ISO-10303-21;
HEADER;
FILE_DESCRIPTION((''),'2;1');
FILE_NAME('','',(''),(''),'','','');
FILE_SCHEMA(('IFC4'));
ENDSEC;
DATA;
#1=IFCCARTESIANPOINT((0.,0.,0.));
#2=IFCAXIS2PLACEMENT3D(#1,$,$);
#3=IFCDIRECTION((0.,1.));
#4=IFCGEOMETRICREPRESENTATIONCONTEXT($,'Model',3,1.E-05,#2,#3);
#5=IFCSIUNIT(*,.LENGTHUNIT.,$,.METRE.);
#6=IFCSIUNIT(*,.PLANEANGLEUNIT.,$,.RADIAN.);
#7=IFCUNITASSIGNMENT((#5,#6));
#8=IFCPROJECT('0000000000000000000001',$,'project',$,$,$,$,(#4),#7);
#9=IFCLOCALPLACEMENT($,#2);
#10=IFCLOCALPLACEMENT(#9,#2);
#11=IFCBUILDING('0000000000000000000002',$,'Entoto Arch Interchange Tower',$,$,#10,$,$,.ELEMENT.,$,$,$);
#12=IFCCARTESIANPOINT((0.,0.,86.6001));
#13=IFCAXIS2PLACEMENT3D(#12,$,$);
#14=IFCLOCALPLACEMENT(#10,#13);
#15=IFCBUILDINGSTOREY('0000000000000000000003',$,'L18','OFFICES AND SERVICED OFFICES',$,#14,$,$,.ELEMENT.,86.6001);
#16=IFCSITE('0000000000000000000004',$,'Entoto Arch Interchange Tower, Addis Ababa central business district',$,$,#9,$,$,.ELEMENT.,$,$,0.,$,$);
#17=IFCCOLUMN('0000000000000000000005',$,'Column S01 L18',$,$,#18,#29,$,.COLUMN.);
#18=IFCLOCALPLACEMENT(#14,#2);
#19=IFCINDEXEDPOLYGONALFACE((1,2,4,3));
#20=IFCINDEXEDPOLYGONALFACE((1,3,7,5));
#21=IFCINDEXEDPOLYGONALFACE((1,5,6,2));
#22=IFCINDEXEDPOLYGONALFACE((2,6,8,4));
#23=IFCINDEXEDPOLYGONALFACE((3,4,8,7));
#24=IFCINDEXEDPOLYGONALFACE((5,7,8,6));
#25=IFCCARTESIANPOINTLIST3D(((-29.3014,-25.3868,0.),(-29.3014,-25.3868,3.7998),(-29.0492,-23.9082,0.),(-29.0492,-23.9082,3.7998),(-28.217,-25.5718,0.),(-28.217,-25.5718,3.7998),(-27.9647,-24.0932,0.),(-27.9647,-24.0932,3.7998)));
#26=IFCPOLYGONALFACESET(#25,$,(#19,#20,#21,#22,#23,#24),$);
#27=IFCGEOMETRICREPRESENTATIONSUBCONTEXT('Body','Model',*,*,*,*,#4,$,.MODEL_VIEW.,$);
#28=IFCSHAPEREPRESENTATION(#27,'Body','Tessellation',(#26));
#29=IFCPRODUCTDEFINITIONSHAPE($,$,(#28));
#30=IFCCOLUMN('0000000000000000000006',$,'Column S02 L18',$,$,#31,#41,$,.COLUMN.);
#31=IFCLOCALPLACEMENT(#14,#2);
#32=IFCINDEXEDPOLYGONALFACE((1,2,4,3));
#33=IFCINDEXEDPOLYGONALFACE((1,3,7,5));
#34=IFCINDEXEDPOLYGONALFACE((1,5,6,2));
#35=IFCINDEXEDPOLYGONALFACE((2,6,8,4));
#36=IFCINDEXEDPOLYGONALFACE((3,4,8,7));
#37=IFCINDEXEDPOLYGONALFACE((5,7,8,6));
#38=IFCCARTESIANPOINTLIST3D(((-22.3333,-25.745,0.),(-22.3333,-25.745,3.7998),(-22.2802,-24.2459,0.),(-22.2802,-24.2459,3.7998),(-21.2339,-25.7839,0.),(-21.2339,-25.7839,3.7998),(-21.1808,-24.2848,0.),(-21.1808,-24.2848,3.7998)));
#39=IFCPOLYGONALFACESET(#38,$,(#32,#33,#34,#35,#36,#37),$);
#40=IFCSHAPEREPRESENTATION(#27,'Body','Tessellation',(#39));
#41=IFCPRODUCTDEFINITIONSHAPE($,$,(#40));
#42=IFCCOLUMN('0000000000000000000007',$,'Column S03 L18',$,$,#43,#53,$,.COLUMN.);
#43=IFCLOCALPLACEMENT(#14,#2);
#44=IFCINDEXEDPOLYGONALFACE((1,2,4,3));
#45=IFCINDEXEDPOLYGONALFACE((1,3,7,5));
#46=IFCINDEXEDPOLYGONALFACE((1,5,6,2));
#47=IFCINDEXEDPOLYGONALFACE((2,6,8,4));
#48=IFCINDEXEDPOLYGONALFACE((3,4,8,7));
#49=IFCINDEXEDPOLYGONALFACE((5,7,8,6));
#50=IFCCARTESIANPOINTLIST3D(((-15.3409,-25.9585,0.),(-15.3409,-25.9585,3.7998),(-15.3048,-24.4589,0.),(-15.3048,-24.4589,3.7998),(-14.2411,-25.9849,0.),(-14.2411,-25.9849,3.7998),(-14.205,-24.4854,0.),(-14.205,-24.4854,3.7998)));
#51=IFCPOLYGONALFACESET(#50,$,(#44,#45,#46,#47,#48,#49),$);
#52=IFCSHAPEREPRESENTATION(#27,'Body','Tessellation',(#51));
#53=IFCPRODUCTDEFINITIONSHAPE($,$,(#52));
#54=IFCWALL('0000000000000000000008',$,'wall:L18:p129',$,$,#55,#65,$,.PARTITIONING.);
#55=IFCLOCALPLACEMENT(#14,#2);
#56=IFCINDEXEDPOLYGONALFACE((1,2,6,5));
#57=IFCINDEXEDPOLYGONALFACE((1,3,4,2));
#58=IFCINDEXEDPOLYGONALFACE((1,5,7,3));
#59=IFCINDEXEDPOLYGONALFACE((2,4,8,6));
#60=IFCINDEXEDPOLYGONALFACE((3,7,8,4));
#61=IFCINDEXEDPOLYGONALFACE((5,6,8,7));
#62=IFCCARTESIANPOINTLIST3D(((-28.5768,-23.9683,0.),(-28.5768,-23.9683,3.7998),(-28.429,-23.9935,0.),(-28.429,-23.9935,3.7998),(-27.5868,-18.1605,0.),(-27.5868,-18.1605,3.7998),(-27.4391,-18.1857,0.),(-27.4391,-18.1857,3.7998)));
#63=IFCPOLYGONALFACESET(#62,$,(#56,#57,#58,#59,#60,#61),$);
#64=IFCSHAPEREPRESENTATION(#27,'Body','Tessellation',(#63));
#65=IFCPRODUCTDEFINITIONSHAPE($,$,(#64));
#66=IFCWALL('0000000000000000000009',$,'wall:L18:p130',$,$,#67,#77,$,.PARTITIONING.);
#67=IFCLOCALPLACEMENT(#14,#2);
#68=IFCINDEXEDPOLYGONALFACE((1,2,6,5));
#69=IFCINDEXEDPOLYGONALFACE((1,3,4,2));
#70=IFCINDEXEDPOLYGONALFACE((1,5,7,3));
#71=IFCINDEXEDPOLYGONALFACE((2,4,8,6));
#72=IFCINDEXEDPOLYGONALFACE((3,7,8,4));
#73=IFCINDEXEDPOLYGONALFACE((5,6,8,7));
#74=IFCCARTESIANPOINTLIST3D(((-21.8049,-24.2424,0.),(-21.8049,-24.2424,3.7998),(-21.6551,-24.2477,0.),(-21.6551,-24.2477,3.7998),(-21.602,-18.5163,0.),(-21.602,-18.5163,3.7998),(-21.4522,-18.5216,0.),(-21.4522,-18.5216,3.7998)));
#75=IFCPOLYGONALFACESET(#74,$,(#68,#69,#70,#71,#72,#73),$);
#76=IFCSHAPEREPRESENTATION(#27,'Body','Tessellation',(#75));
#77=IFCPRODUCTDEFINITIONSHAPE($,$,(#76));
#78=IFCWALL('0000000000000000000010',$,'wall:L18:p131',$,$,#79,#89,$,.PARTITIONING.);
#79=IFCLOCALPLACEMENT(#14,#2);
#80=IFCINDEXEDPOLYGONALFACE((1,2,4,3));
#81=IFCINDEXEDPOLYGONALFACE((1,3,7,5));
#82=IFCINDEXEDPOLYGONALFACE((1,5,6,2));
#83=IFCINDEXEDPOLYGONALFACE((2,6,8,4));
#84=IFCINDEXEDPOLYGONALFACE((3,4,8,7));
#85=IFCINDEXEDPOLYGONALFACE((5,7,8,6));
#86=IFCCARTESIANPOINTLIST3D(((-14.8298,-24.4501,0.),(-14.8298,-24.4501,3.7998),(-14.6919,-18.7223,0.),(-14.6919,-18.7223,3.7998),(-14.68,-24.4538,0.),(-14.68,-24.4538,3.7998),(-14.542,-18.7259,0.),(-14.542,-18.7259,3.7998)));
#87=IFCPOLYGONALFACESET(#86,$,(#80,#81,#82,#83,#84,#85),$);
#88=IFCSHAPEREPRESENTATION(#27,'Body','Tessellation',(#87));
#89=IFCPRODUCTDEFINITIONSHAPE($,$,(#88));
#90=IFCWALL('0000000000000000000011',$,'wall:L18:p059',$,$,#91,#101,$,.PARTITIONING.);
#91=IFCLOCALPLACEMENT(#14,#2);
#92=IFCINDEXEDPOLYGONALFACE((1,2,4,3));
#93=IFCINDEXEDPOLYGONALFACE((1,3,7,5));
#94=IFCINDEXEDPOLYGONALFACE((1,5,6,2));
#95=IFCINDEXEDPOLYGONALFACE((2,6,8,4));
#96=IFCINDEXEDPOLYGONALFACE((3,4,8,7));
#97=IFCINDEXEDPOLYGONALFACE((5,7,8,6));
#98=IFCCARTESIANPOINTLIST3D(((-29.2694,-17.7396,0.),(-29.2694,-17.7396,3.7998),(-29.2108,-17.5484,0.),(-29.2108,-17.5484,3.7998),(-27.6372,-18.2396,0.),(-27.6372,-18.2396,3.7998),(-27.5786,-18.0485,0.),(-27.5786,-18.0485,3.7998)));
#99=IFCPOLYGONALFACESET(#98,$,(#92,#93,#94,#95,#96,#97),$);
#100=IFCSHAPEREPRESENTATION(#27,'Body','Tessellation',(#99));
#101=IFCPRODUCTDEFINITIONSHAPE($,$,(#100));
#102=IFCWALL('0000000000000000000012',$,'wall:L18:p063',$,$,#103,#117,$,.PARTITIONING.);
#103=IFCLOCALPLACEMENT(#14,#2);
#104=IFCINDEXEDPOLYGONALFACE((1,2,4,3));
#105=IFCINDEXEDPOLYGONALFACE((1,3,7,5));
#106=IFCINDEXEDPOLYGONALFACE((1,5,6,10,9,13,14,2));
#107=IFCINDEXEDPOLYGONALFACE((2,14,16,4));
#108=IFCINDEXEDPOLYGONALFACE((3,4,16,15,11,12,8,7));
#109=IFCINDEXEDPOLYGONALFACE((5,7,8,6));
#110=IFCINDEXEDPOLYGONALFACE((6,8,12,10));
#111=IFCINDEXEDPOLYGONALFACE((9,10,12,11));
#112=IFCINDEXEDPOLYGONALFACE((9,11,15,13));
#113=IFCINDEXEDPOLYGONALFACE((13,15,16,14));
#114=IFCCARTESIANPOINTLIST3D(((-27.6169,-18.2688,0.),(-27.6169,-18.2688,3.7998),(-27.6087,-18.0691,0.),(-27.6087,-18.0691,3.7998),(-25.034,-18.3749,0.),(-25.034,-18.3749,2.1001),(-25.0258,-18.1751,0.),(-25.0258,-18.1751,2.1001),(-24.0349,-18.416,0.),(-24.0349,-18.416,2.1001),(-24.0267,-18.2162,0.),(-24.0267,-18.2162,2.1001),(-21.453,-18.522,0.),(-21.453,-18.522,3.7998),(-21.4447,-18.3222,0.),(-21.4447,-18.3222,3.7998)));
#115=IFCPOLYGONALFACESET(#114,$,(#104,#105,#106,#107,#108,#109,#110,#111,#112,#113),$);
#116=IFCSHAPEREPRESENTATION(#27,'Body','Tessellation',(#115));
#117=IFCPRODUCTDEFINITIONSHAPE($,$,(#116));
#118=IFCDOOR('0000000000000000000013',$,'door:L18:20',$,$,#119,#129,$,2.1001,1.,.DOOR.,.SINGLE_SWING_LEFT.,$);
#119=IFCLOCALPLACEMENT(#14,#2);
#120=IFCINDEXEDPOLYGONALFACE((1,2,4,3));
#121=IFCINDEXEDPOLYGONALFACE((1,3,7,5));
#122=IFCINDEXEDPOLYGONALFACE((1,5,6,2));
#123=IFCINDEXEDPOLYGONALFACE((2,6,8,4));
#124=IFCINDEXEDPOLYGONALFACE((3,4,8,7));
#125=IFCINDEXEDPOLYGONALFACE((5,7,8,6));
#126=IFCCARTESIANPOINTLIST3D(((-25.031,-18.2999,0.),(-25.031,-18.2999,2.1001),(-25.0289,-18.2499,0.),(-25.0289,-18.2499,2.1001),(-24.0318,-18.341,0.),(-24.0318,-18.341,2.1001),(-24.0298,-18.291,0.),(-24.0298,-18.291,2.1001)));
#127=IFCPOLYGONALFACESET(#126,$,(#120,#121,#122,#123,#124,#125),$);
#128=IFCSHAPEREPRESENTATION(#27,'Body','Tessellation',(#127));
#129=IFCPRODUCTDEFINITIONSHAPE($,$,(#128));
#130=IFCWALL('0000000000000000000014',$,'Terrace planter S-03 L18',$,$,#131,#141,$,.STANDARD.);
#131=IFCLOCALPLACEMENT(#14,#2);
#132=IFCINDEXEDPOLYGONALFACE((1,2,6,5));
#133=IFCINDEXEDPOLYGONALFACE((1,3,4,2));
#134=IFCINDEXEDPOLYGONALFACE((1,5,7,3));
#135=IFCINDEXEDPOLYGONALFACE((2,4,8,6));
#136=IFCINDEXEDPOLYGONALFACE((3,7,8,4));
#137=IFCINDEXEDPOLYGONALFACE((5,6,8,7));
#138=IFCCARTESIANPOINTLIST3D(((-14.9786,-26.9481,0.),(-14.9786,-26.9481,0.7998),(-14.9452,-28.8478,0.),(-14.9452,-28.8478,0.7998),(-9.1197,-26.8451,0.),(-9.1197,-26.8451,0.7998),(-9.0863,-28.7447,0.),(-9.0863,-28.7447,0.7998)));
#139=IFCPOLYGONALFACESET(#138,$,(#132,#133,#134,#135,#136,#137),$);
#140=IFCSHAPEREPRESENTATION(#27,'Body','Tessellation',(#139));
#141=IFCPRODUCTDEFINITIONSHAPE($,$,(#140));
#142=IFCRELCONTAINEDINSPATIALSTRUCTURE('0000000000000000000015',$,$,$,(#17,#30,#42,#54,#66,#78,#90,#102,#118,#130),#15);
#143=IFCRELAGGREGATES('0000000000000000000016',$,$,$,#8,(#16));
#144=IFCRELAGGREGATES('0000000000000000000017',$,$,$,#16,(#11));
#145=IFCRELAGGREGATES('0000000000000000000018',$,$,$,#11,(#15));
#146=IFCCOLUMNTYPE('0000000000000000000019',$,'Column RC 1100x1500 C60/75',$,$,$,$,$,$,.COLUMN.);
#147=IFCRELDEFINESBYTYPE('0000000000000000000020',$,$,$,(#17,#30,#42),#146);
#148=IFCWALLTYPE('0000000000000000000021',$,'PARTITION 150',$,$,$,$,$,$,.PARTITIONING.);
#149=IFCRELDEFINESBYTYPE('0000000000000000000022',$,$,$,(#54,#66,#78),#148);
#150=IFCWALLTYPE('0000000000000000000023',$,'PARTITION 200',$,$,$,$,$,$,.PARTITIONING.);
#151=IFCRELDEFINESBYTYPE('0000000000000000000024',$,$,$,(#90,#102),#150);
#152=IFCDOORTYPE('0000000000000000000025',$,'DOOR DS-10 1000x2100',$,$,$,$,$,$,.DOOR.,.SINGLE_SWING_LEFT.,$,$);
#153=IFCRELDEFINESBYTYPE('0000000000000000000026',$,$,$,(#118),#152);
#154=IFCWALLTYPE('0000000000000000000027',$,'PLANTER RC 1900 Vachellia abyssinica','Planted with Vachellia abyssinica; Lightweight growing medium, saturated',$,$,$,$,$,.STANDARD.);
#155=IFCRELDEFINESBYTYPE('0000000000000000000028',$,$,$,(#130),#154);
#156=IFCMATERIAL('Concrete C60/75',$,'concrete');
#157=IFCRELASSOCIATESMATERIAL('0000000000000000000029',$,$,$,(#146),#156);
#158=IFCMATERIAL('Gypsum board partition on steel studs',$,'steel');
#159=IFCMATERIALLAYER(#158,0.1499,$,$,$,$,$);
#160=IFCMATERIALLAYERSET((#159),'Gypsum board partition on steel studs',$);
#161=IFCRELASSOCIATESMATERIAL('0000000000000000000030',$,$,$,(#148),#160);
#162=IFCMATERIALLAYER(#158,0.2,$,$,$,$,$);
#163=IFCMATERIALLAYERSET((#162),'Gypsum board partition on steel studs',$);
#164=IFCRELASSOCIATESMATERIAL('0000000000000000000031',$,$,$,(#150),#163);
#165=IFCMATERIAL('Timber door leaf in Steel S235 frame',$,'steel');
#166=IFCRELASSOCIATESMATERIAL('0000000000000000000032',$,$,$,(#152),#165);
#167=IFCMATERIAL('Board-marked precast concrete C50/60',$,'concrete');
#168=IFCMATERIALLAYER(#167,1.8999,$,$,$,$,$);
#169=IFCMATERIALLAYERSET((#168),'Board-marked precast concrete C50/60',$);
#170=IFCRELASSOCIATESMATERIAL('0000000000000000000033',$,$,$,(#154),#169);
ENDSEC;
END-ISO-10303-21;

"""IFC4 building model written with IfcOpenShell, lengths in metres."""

from ifc_helpers import new_model, si_unit, direction, frame, frame_2d, origin, origin_2d, place, context, subcontext, project, spatial, rectangle, extrude, material, layer, layer_set, material_profile, profile_set, type_object, element, fill, save


model = new_model("IFC4")

# Units and contexts
model_context = context("Model", 3, precision=1e-05, world=origin(), true_north=direction((0.0, 1.0)))
body_context = subcontext(model_context, "Body", "Model", "MODEL_VIEW")
ifc_project = project(units=[si_unit("LENGTHUNIT", "METRE"), si_unit("PLANEANGLEUNIT", "RADIAN")], contexts=[model_context])

# Site, building, storey
site_placement = place(None, origin())
site = spatial("IfcSite", under=ifc_project, at=site_placement, Name="Entoto Arch Interchange Tower, Addis Ababa central business district", CompositionType="ELEMENT", RefElevation=0.0)
building_placement = place(site_placement, origin())
building = spatial("IfcBuilding", under=site, at=building_placement, Name="Entoto Arch Interchange Tower", CompositionType="ELEMENT")
storey_placement = place(building_placement, frame((0.0, 0.0, 86.6001)))
storey = spatial("IfcBuildingStorey", under=building, at=storey_placement, Name="L18", Description="OFFICES AND SERVICED OFFICES", CompositionType="ELEMENT", Elevation=86.6001)

# Columns
ifc_material_1 = material(Name="Concrete C60/75", Category="concrete")
ifc_material_profile = material_profile(ifc_material_1, rectangle(XDim=1.1001, YDim=1.5, at=origin_2d()))
ifc_profile_set = profile_set([ifc_material_profile], Name="Concrete C60/75")
column_type = type_object("IfcColumnType", Name="Column RC 1100x1500 C60/75", PredefinedType="COLUMN", material=ifc_profile_set)
for number, where, z_axis, x_axis, name in (
    (1, (-28.6331, -24.74, 0.0), (0.0, 0.0, 1.0), (-0.985759, 0.168162, 0.0), "Column S01 L18"),
    (2, (-21.7571, -25.0149, 0.0), (0.0, 0.0, 1.0), (-0.999374, 0.035388, 0.0), "Column S02 L18"),
    (3, (-14.7729, -25.2219, 0.0), (0.0, 0.0, 1.0), (-0.999711, 0.024031, 0.0), "Column S03 L18"),
):
    element("IfcColumn", number, at=place(storey_placement, frame(where, z_axis=z_axis, x_axis=x_axis)), inside=storey, type_object=column_type, Name=name, PredefinedType="COLUMN", context=body_context, shape_type="SweptSolid", body=[
        extrude(rectangle(XDim=1.1001, YDim=1.5, at=origin_2d()), origin(), (0.0, 0.0, 1.0), 3.7998),
    ])

# Walls
ifc_material_2 = material(Name="Gypsum board partition on steel studs", Category="steel")
ifc_layer_1 = layer(ifc_material_2, 0.1499)
ifc_layer_set_1 = layer_set([ifc_layer_1], Name="Gypsum board partition on steel studs")
wall_type_1 = type_object("IfcWallType", Name="PARTITION 150", PredefinedType="PARTITIONING", material=ifc_layer_set_1)
wall_1_placement = place(storey_placement, frame((-27.5129, -18.1731, 0.0), z_axis=(0.0, 0.0, 1.0), x_axis=(-0.168033, -0.985781, 0.0)))
element("IfcWall", 4, at=wall_1_placement, inside=storey, type_object=wall_type_1, Name="wall:L18:p129", PredefinedType="PARTITIONING", context=body_context, shape_type="SweptSolid", body=[
    extrude(rectangle(XDim=5.8916, YDim=0.1499, at=frame_2d((2.9458, 0.0))), origin(), (0.0, 0.0, 1.0), 3.7998),
])
wall_2_placement = place(storey_placement, frame((-21.5271, -18.519, 0.0), z_axis=(0.0, 0.0, 1.0), x_axis=(-0.035409, -0.999373, 0.0)))
element("IfcWall", 5, at=wall_2_placement, inside=storey, type_object=wall_type_1, Name="wall:L18:p130", PredefinedType="PARTITIONING", context=body_context, shape_type="SweptSolid", body=[
    extrude(rectangle(XDim=5.7297, YDim=0.1499, at=frame_2d((2.8647, 0.0))), origin(), (0.0, 0.0, 1.0), 3.7998),
])
wall_3_placement = place(storey_placement, frame((-14.6169, -18.7241, 0.0), z_axis=(0.0, 0.0, 1.0), x_axis=(-0.024076, -0.99971, 0.0)))
element("IfcWall", 6, at=wall_3_placement, inside=storey, type_object=wall_type_1, Name="wall:L18:p131", PredefinedType="PARTITIONING", context=body_context, shape_type="SweptSolid", body=[
    extrude(rectangle(XDim=5.7295, YDim=0.1499, at=frame_2d((2.8647, 0.0))), origin(), (0.0, 0.0, 1.0), 3.7998),
])
ifc_layer_2 = layer(ifc_material_2, 0.2)
ifc_layer_set_2 = layer_set([ifc_layer_2], Name="Gypsum board partition on steel studs")
wall_type_2 = type_object("IfcWallType", Name="PARTITION 200", PredefinedType="PARTITIONING", material=ifc_layer_set_2)
wall_4_placement = place(storey_placement, frame((-27.6079, -18.144, 0.0), z_axis=(0.0, 0.0, 1.0), x_axis=(-0.956137, 0.29292, 0.0)))
element("IfcWall", 7, at=wall_4_placement, inside=storey, type_object=wall_type_2, Name="wall:L18:p059", PredefinedType="PARTITIONING", context=body_context, shape_type="SweptSolid", body=[
    extrude(rectangle(XDim=1.707, YDim=0.2, at=frame_2d((0.8535, 0.0))), origin(), (0.0, 0.0, 1.0), 3.7998),
])

# Wall, opening, door
wall_5_placement = place(storey_placement, frame((-21.449, -18.4221, 0.0), z_axis=(0.0, 0.0, 1.0), x_axis=(-0.999158, 0.041038, 0.0)))
wall_5 = element("IfcWall", 8, at=wall_5_placement, inside=storey, type_object=wall_type_2, Name="wall:L18:p063", PredefinedType="PARTITIONING", context=body_context, shape_type="SweptSolid", body=[
    extrude(rectangle(XDim=6.1692, YDim=0.2, at=frame_2d((3.0845, 0.0))), origin(), (0.0, 0.0, 1.0), 3.7998),
])
opening_1_placement = place(wall_5_placement, frame((2.584, 0.0, 0.0)))
opening_1 = element("IfcOpeningElement", 9, at=opening_1_placement, cuts=wall_5, PredefinedType="OPENING", context=body_context, shape_type="SweptSolid", body=[
    extrude(rectangle(XDim=1.0, YDim=2.1001, at=frame_2d((0.5, 1.05))), frame((0.0, 0.1099, 0.0), z_axis=(0.0, -1.0, 0.0), x_axis=(1.0, 0.0, 0.0)), (0.0, 0.0, 1.0), 0.22),
])
ifc_material_3 = material(Name="Timber door leaf in Steel S235 frame", Category="steel")
door_type_1 = type_object("IfcDoorType", Name="DOOR DS-10 1000x2100", OperationType="SINGLE_SWING_LEFT", PredefinedType="DOOR", material=ifc_material_3)
door_1_placement = place(opening_1_placement, origin())
door_1 = element("IfcDoor", 10, at=door_1_placement, inside=storey, type_object=door_type_1, Name="door:L18:20", OperationType="SINGLE_SWING_LEFT", OverallHeight=2.1001, OverallWidth=1.0, PredefinedType="DOOR", context=body_context, shape_type="SweptSolid", body=[
    extrude(rectangle(XDim=1.0, YDim=2.1001, at=frame_2d((0.5, 1.05))), frame((0.0, 0.0249, 0.0), z_axis=(0.0, -1.0, 0.0), x_axis=(1.0, 0.0, 0.0)), (0.0, 0.0, 1.0), 0.05),
])
fill(opening_1, door_1)

# Wall
ifc_material_4 = material(Name="Board-marked precast concrete C50/60", Category="concrete")
ifc_layer_3 = layer(ifc_material_4, 1.8999)
ifc_layer_set_3 = layer_set([ifc_layer_3], Name="Board-marked precast concrete C50/60")
wall_type_3 = type_object("IfcWallType", Name="PLANTER RC 1900 Vachellia abyssinica", Description="Planted with Vachellia abyssinica; Lightweight growing medium, saturated", PredefinedType="STANDARD", material=ifc_layer_set_3)
wall_6_placement = place(storey_placement, frame((-14.9619, -27.8979, 0.0), z_axis=(0.0, 0.0, 1.0), x_axis=(0.999845, 0.017582, 0.0)))
element("IfcWall", 11, at=wall_6_placement, inside=storey, type_object=wall_type_3, Name="Terrace planter S-03 L18", PredefinedType="STANDARD", context=body_context, shape_type="SweptSolid", body=[
    extrude(rectangle(XDim=5.8599, YDim=1.8999, at=frame_2d((2.9299, 0.0))), origin(), (0.0, 0.0, 1.0), 0.7998),
])

save(model, "model.ifc")
